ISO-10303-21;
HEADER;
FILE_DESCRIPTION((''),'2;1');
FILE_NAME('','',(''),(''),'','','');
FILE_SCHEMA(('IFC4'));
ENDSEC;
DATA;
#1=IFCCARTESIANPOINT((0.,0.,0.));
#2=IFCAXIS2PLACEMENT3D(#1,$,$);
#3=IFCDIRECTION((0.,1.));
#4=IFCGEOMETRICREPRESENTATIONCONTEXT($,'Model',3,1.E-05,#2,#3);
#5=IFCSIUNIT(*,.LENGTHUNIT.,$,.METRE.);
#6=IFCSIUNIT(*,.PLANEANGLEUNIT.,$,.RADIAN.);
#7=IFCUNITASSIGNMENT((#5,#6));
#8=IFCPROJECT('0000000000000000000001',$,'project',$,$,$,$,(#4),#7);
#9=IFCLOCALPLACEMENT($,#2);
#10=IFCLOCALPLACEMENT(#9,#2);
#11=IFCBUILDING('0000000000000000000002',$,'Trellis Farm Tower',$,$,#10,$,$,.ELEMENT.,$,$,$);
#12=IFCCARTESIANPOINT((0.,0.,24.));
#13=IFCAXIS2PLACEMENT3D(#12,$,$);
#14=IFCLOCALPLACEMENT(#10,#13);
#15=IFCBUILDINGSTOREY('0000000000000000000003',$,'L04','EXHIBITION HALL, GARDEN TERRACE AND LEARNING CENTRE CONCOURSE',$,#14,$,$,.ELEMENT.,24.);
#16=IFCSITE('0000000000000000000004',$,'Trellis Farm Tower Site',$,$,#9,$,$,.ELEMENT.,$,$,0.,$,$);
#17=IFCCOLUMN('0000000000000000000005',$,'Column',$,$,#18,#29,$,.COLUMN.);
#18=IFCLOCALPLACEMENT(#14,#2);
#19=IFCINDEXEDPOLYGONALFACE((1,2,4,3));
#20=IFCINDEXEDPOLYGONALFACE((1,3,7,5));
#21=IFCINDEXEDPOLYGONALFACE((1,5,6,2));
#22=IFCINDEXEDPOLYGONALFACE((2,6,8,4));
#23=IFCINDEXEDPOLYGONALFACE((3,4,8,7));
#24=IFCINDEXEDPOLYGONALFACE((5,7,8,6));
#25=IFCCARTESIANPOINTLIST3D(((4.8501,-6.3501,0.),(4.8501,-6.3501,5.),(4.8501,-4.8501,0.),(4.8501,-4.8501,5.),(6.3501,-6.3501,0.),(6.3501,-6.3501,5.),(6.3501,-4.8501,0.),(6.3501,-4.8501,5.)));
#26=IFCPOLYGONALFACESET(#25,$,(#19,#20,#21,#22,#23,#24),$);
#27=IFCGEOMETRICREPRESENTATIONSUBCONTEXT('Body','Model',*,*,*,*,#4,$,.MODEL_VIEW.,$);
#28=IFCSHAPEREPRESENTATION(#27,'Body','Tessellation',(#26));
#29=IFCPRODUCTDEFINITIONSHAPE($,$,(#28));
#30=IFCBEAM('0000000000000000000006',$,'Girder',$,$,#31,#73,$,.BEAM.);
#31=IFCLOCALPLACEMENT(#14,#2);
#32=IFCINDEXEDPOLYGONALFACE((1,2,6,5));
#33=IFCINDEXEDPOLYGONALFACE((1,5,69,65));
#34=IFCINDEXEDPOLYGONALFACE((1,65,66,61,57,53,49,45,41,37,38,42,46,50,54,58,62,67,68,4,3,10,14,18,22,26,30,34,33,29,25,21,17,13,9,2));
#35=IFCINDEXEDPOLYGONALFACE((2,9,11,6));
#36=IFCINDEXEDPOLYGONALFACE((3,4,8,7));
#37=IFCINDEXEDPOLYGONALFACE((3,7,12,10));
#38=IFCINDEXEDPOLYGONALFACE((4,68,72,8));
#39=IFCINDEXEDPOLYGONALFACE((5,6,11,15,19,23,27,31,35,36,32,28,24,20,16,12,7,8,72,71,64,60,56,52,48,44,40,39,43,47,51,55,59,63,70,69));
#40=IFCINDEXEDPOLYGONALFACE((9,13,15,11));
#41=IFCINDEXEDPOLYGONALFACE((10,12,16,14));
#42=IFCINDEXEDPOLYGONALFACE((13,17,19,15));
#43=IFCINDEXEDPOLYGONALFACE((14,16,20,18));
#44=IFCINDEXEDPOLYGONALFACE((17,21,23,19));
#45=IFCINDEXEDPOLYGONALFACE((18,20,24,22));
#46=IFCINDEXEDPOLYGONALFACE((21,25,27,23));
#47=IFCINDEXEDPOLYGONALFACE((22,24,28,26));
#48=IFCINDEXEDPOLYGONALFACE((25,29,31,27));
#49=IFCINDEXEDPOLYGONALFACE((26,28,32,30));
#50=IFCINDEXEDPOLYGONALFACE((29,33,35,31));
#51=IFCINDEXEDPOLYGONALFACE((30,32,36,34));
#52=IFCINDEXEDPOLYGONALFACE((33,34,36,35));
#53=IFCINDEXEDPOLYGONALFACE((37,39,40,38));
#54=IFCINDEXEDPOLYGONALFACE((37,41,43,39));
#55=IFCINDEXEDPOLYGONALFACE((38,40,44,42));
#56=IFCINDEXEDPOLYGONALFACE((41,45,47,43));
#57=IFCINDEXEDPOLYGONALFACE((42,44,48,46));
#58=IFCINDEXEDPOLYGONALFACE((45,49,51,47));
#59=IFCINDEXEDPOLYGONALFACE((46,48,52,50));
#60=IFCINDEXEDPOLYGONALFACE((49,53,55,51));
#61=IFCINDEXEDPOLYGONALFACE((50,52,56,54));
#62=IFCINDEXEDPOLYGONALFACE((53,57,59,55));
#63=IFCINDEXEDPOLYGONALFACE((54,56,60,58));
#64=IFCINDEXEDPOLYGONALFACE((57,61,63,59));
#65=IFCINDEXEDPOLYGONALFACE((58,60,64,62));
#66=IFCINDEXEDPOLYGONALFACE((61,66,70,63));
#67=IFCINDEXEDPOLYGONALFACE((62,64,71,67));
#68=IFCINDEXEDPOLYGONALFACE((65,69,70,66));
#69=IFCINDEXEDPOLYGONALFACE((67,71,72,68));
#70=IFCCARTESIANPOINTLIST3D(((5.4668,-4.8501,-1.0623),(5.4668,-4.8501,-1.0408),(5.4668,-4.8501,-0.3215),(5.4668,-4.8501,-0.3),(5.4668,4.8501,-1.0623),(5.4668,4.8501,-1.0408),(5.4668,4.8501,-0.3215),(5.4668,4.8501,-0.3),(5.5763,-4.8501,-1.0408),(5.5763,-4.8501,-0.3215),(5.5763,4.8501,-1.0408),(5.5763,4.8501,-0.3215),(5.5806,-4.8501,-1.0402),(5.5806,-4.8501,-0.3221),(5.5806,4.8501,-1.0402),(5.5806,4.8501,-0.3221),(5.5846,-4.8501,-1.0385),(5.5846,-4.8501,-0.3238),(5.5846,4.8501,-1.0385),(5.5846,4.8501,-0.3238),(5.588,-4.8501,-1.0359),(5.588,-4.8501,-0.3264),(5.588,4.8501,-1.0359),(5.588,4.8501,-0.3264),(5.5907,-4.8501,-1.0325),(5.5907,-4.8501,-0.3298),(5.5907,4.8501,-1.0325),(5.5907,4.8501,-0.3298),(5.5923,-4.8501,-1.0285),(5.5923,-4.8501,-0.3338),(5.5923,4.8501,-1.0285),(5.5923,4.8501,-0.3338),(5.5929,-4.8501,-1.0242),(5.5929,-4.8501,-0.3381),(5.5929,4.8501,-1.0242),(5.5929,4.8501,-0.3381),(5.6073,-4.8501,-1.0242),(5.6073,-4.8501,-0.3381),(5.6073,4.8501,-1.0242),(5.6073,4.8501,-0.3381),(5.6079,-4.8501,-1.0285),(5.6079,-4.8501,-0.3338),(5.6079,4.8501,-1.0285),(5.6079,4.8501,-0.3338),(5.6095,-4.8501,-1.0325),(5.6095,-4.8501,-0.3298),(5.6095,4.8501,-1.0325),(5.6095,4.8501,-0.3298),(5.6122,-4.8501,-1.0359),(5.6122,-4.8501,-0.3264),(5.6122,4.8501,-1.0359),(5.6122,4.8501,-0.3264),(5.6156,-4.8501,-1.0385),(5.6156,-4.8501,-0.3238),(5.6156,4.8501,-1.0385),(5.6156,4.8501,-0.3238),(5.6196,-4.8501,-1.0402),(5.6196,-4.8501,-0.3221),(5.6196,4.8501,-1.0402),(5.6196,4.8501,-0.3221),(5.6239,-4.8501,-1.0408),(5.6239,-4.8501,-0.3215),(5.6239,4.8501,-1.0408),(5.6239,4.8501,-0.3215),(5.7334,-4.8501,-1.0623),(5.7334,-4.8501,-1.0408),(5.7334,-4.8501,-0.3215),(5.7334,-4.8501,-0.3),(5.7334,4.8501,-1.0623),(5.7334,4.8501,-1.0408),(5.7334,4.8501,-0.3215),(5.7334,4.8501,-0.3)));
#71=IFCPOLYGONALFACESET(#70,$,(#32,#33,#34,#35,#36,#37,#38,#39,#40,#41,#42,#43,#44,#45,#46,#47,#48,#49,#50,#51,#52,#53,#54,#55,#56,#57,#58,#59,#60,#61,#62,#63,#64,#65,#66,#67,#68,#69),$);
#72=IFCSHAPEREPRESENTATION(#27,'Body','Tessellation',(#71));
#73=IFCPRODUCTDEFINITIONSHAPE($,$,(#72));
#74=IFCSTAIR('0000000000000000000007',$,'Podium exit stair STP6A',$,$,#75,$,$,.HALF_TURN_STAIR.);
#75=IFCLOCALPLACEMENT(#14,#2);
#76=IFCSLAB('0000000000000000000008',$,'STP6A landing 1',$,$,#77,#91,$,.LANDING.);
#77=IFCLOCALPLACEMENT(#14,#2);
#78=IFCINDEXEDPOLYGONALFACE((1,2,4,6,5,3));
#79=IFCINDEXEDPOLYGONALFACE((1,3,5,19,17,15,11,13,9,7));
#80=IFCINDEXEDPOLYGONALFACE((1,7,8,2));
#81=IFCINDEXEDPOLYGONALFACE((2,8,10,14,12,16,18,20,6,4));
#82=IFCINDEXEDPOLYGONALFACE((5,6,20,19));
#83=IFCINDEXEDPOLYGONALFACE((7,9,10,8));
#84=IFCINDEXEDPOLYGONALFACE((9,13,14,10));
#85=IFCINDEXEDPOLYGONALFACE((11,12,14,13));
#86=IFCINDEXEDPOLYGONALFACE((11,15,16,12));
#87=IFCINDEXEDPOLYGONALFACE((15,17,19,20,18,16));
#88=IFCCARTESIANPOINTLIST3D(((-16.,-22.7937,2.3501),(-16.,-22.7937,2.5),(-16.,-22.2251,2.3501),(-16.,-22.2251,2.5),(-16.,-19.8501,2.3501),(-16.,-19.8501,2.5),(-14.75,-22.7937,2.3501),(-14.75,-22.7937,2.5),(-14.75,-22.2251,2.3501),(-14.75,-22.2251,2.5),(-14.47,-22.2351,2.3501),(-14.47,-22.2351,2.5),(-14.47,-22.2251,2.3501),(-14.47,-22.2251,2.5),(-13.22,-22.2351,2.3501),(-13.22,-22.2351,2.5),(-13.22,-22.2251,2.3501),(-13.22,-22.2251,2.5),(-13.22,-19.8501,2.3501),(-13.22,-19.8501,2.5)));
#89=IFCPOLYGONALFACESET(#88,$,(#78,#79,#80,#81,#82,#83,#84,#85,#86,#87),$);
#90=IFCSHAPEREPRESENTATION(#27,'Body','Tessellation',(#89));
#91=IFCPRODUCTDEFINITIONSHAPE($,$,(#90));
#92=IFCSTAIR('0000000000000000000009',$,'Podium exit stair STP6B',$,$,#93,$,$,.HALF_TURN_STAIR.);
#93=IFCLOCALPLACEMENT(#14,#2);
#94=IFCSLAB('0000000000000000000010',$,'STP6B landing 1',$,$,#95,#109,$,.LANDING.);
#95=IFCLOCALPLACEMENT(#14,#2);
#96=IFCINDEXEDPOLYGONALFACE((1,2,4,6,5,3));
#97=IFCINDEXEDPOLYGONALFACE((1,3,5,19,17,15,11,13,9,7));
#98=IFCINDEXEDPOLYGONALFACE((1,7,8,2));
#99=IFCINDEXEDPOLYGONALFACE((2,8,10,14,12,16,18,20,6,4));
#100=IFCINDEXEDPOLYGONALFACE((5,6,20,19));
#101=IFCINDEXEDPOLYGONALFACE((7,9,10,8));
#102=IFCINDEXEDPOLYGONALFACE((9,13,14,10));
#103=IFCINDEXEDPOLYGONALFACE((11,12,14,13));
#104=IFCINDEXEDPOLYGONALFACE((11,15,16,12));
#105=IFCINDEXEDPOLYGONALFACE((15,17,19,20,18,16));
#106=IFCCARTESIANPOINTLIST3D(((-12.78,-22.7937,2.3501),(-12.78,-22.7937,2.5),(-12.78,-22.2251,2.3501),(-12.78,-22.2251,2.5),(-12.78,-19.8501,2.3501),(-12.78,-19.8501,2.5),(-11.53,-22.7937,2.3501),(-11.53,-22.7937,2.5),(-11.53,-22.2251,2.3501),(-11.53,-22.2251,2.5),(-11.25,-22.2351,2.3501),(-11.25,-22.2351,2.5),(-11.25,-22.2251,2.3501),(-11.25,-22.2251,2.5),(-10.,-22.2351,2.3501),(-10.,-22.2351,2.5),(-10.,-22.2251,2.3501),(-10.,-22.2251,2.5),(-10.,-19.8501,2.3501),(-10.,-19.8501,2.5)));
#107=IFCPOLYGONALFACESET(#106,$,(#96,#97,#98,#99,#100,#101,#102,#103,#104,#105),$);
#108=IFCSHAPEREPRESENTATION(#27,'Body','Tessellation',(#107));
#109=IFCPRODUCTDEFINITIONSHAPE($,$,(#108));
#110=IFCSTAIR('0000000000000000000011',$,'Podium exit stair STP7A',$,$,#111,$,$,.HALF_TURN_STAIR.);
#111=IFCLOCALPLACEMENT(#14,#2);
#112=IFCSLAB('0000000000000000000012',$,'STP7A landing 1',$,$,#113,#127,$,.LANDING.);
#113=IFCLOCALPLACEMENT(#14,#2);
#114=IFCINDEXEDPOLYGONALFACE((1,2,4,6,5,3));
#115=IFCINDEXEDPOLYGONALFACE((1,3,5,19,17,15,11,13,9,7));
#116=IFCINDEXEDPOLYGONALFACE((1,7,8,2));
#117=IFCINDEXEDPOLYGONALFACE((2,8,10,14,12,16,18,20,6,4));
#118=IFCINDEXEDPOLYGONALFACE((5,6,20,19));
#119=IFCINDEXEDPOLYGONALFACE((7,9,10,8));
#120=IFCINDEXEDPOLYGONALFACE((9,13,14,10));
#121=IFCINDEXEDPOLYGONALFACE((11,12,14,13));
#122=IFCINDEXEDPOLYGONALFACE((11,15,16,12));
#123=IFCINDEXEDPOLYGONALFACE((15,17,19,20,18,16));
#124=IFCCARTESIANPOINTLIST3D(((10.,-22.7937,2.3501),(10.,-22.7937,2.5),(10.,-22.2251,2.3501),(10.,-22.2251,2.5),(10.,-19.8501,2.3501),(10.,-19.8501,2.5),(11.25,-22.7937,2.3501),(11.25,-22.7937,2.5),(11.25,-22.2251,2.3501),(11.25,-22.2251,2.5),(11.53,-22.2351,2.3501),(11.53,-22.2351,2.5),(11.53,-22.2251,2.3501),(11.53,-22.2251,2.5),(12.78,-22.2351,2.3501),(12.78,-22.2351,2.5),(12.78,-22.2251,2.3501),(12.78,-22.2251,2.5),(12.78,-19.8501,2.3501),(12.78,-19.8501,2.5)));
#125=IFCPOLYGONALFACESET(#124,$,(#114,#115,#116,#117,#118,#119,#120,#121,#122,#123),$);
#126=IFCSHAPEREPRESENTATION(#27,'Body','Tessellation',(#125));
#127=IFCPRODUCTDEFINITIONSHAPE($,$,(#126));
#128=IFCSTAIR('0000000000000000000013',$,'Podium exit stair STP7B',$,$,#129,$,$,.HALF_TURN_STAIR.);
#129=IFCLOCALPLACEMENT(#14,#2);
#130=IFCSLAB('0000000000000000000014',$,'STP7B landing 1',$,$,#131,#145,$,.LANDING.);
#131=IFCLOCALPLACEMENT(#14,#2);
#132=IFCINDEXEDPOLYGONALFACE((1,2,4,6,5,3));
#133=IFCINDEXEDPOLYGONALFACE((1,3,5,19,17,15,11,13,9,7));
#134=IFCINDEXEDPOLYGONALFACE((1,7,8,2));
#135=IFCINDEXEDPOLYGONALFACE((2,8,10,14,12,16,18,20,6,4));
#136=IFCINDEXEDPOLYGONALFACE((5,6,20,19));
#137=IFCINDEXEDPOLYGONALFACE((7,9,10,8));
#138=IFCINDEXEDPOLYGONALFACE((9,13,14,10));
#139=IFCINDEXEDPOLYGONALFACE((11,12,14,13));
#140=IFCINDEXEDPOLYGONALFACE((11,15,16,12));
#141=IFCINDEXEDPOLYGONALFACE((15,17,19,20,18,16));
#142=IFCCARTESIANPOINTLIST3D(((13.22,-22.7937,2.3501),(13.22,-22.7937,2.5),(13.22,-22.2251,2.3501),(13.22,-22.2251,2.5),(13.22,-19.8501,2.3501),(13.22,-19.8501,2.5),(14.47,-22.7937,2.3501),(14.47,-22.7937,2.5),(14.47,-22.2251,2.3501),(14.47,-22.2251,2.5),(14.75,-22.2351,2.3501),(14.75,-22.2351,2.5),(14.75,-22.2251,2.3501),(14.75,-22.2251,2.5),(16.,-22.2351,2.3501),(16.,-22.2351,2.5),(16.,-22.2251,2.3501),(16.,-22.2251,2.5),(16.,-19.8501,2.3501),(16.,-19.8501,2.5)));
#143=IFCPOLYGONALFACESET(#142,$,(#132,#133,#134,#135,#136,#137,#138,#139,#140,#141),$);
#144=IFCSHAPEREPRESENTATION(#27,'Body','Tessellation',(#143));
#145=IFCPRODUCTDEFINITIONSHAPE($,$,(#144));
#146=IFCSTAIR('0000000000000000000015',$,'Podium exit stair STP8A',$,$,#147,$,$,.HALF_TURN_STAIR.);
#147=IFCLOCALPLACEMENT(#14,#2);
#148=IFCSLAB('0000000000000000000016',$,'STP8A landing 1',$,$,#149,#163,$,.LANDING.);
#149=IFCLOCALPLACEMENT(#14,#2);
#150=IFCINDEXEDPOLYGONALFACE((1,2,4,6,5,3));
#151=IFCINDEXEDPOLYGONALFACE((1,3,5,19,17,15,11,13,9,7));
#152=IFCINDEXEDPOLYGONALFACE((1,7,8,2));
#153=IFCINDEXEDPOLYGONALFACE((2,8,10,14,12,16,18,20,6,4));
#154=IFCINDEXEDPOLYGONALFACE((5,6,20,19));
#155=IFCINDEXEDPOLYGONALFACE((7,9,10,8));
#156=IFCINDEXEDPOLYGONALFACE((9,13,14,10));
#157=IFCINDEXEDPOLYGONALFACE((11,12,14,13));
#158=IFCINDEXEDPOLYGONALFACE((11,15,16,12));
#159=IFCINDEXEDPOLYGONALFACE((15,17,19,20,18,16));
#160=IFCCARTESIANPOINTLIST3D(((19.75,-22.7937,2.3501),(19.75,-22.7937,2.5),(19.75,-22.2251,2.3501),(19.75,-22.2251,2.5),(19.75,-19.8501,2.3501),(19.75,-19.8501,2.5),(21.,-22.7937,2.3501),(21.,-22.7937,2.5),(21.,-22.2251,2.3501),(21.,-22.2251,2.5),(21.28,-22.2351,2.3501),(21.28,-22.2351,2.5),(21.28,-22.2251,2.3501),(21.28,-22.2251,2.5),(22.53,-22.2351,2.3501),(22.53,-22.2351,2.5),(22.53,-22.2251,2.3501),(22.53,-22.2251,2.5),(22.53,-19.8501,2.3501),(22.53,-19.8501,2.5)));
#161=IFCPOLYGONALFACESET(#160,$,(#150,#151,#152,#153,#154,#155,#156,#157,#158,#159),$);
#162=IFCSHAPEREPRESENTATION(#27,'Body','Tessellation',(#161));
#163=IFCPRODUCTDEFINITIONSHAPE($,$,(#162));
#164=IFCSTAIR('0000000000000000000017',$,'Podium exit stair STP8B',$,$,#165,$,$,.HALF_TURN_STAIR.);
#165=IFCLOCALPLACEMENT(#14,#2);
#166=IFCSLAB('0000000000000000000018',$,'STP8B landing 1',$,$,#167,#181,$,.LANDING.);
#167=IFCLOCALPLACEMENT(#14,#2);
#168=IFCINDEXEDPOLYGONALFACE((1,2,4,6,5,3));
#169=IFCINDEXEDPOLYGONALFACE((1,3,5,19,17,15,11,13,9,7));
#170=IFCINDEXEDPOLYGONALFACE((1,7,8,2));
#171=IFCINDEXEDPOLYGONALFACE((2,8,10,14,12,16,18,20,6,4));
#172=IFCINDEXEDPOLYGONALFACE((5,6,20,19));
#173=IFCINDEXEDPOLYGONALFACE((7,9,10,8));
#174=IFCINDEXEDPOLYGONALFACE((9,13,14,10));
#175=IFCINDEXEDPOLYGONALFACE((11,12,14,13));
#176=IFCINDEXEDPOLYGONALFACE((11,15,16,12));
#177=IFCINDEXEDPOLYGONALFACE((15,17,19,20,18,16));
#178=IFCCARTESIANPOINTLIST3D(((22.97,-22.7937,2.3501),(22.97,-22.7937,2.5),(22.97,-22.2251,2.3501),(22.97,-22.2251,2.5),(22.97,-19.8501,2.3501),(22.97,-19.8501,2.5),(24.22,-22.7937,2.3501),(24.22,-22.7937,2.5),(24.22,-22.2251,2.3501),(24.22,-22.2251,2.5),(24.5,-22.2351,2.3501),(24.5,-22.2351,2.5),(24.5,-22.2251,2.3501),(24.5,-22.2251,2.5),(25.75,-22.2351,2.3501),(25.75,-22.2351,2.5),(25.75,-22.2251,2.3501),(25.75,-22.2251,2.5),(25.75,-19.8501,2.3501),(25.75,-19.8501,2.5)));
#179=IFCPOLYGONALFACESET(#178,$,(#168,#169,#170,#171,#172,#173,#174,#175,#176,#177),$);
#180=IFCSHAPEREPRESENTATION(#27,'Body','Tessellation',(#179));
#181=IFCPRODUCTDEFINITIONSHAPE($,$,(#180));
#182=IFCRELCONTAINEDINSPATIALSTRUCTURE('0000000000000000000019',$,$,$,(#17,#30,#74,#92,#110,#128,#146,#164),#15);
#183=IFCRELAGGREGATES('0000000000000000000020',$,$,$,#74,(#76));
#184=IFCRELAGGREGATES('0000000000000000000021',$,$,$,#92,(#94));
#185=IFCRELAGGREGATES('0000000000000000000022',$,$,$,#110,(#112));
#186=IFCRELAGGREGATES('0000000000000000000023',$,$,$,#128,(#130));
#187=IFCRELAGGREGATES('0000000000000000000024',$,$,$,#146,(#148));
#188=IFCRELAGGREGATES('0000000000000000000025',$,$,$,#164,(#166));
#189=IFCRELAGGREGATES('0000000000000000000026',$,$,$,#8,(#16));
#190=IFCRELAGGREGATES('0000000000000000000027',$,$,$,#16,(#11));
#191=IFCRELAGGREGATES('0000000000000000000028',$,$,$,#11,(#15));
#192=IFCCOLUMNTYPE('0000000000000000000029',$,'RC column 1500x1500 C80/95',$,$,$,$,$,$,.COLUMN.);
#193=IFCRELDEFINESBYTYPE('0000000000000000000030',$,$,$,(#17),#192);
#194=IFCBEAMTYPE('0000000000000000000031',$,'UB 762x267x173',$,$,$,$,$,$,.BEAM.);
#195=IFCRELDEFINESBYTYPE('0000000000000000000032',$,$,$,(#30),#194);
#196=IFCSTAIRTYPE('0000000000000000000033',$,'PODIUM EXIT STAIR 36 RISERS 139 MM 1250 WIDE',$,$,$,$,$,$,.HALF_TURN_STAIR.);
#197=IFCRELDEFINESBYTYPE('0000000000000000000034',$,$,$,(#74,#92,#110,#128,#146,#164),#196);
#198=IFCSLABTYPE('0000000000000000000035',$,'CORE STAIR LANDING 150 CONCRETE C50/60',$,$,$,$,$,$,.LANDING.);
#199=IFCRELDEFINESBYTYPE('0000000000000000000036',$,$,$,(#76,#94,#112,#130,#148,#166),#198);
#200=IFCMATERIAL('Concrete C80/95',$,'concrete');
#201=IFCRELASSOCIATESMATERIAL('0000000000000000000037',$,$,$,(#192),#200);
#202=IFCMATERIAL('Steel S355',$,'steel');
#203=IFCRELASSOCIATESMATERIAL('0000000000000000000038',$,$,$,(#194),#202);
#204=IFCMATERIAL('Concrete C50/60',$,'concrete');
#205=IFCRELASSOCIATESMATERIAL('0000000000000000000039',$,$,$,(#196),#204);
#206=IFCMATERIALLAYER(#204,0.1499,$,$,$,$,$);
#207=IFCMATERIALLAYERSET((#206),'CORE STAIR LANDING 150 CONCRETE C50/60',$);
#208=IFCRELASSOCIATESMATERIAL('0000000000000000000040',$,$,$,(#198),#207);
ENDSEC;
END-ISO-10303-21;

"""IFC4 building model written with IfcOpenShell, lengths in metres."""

from ifc_helpers import new_model, si_unit, direction, frame, origin, origin_2d, place, context, subcontext, project, spatial, polyline, rectangle, i_section, outline, extrude, source, transform, mapped, material, layer, layer_set, material_profile, profile_set, type_object, element, aggregate, save


model = new_model("IFC4")

# Units and contexts
model_context = context("Model", 3, precision=1e-05, world=origin(), true_north=direction((0.0, 1.0)))
body_context = subcontext(model_context, "Body", "Model", "MODEL_VIEW")
ifc_project = project(units=[si_unit("LENGTHUNIT", "METRE"), si_unit("PLANEANGLEUNIT", "RADIAN")], contexts=[model_context])

# Site, building, storey
site_placement = place(None, origin())
site = spatial("IfcSite", under=ifc_project, at=site_placement, Name="Trellis Farm Tower Site", CompositionType="ELEMENT", RefElevation=0.0)
building_placement = place(site_placement, origin())
building = spatial("IfcBuilding", under=site, at=building_placement, Name="Trellis Farm Tower", CompositionType="ELEMENT")
storey_placement = place(building_placement, frame((0.0, 0.0, 24.0)))
storey = spatial("IfcBuildingStorey", under=building, at=storey_placement, Name="L04", Description="EXHIBITION HALL, GARDEN TERRACE AND LEARNING CENTRE CONCOURSE", CompositionType="ELEMENT", Elevation=24.0)

# Column
ifc_material_1 = material(Name="Concrete C80/95", Category="concrete")
ifc_material_profile_1 = material_profile(ifc_material_1, rectangle(XDim=1.5, YDim=1.5, at=origin_2d()), Name="RC column 1500x1500 C80/95")
ifc_profile_set_1 = profile_set([ifc_material_profile_1], Name="Concrete C80/95")
column_type = type_object("IfcColumnType", Name="RC column 1500x1500 C80/95", PredefinedType="COLUMN", material=ifc_profile_set_1)
shared_shape_1 = source(origin(), body_context, "Body", "SweptSolid", [
    extrude(rectangle(XDim=1.5, YDim=1.5, at=origin_2d()), origin(), (0.0, 0.0, 1.0), 5.0),
])
column_placement = place(storey_placement, frame((5.6001, -5.6001, 0.0), z_axis=(0.0, 0.0, 1.0), x_axis=(1.0, 0.0, 0.0)))
element("IfcColumn", 1, at=column_placement, inside=storey, type_object=column_type, Name="Column", PredefinedType="COLUMN", context=body_context, shape_type="MappedRepresentation", body=[
    mapped(shared_shape_1, transform((0.0, 0.0, 0.0))),
])

# Beam
ifc_material_2 = material(Name="Steel S355", Category="steel")
ifc_material_profile_2 = material_profile(ifc_material_2, i_section(OverallWidth=0.2666, OverallDepth=0.7622, WebThickness=0.0144, FlangeThickness=0.0215, FilletRadius=0.0166, at=origin_2d()), Name="UB 762x267x173")
ifc_profile_set_2 = profile_set([ifc_material_profile_2], Name="Steel S355")
beam_type = type_object("IfcBeamType", Name="UB 762x267x173", PredefinedType="BEAM", material=ifc_profile_set_2)
shared_shape_2 = source(origin(), body_context, "Body", "SweptSolid", [
    extrude(i_section(OverallWidth=0.2666, OverallDepth=0.7622, WebThickness=0.0144, FlangeThickness=0.0215, FilletRadius=0.0166, at=origin_2d()), origin(), (0.0, 0.0, 1.0), 9.7002),
])
beam_placement = place(storey_placement, frame((5.6001, -4.8501, -0.6812), z_axis=(0.0, 1.0, 0.0), x_axis=(-1.0, 0.0, 0.0)))
element("IfcBeam", 2, at=beam_placement, inside=storey, type_object=beam_type, Name="Girder", PredefinedType="BEAM", context=body_context, shape_type="MappedRepresentation", body=[
    mapped(shared_shape_2, transform((0.0, 0.0, 0.0))),
])

# Stairs, slabs
ifc_material_3 = material(Name="Concrete C50/60", Category="concrete")
stair_type_1 = type_object("IfcStairType", Name="PODIUM EXIT STAIR 36 RISERS 139 MM 1250 WIDE", PredefinedType="HALF_TURN_STAIR", material=ifc_material_3)
placement_1 = place(storey_placement, origin())
stair_1 = element("IfcStair", 3, at=placement_1, inside=storey, type_object=stair_type_1, Name="Podium exit stair STP6A", PredefinedType="HALF_TURN_STAIR")
ifc_layer_1 = layer(ifc_material_3, 0.1499)
ifc_layer_set_1 = layer_set([ifc_layer_1], Name="CORE STAIR LANDING 150 CONCRETE C50/60")
slab_type = type_object("IfcSlabType", Name="CORE STAIR LANDING 150 CONCRETE C50/60", PredefinedType="LANDING", material=ifc_layer_set_1)
shared_shape_3 = source(origin(), body_context, "Body", "SweptSolid", [
    extrude(outline(polyline([(-14.75, -22.7937), (-16.0, -22.7937), (-16.0, -22.2251), (-16.0, -19.8501), (-13.22, -19.8501), (-13.22, -22.2251), (-13.22, -22.2351), (-14.47, -22.2351), (-14.47, -22.2251), (-14.75, -22.2251), (-14.75, -22.7937)])), origin(), (0.0, 0.0, 1.0), 0.1499),
])
placement_2 = place(storey_placement, frame((0.0, 0.0, 2.3501)))
slab_1 = element("IfcSlab", 4, at=placement_2, type_object=slab_type, Name="STP6A landing 1", PredefinedType="LANDING", context=body_context, shape_type="MappedRepresentation", body=[
    mapped(shared_shape_3, transform((0.0, 0.0, 0.0))),
])
aggregate(stair_1, [slab_1])
stair_2 = element("IfcStair", 5, at=placement_1, inside=storey, type_object=stair_type_1, Name="Podium exit stair STP6B", PredefinedType="HALF_TURN_STAIR")
shared_shape_4 = source(origin(), body_context, "Body", "SweptSolid", [
    extrude(outline(polyline([(-11.53, -22.7937), (-12.78, -22.7937), (-12.78, -22.2251), (-12.78, -19.8501), (-10.0, -19.8501), (-10.0, -22.2251), (-10.0, -22.2351), (-11.25, -22.2351), (-11.25, -22.2251), (-11.53, -22.2251), (-11.53, -22.7937)])), origin(), (0.0, 0.0, 1.0), 0.1499),
])
slab_2 = element("IfcSlab", 6, at=placement_2, type_object=slab_type, Name="STP6B landing 1", PredefinedType="LANDING", context=body_context, shape_type="MappedRepresentation", body=[
    mapped(shared_shape_4, transform((0.0, 0.0, 0.0))),
])
aggregate(stair_2, [slab_2])
stair_3 = element("IfcStair", 7, at=placement_1, inside=storey, type_object=stair_type_1, Name="Podium exit stair STP7A", PredefinedType="HALF_TURN_STAIR")
shared_shape_5 = source(origin(), body_context, "Body", "SweptSolid", [
    extrude(outline(polyline([(11.25, -22.7937), (10.0, -22.7937), (10.0, -22.2251), (10.0, -19.8501), (12.78, -19.8501), (12.78, -22.2251), (12.78, -22.2351), (11.53, -22.2351), (11.53, -22.2251), (11.25, -22.2251), (11.25, -22.7937)])), origin(), (0.0, 0.0, 1.0), 0.1499),
])
slab_3 = element("IfcSlab", 8, at=placement_2, type_object=slab_type, Name="STP7A landing 1", PredefinedType="LANDING", context=body_context, shape_type="MappedRepresentation", body=[
    mapped(shared_shape_5, transform((0.0, 0.0, 0.0))),
])
aggregate(stair_3, [slab_3])
stair_4 = element("IfcStair", 9, at=placement_1, inside=storey, type_object=stair_type_1, Name="Podium exit stair STP7B", PredefinedType="HALF_TURN_STAIR")
shared_shape_6 = source(origin(), body_context, "Body", "SweptSolid", [
    extrude(outline(polyline([(14.47, -22.7937), (13.22, -22.7937), (13.22, -22.2251), (13.22, -19.8501), (16.0, -19.8501), (16.0, -22.2251), (16.0, -22.2351), (14.75, -22.2351), (14.75, -22.2251), (14.47, -22.2251), (14.47, -22.7937)])), origin(), (0.0, 0.0, 1.0), 0.1499),
])
slab_4 = element("IfcSlab", 10, at=placement_2, type_object=slab_type, Name="STP7B landing 1", PredefinedType="LANDING", context=body_context, shape_type="MappedRepresentation", body=[
    mapped(shared_shape_6, transform((0.0, 0.0, 0.0))),
])
aggregate(stair_4, [slab_4])
stair_5 = element("IfcStair", 11, at=placement_1, inside=storey, type_object=stair_type_1, Name="Podium exit stair STP8A", PredefinedType="HALF_TURN_STAIR")
shared_shape_7 = source(origin(), body_context, "Body", "SweptSolid", [
    extrude(outline(polyline([(21.0, -22.7937), (19.75, -22.7937), (19.75, -22.2251), (19.75, -19.8501), (22.53, -19.8501), (22.53, -22.2251), (22.53, -22.2351), (21.28, -22.2351), (21.28, -22.2251), (21.0, -22.2251), (21.0, -22.7937)])), origin(), (0.0, 0.0, 1.0), 0.1499),
])
slab_5 = element("IfcSlab", 12, at=placement_2, type_object=slab_type, Name="STP8A landing 1", PredefinedType="LANDING", context=body_context, shape_type="MappedRepresentation", body=[
    mapped(shared_shape_7, transform((0.0, 0.0, 0.0))),
])
aggregate(stair_5, [slab_5])
stair_6 = element("IfcStair", 13, at=placement_1, inside=storey, type_object=stair_type_1, Name="Podium exit stair STP8B", PredefinedType="HALF_TURN_STAIR")
shared_shape_8 = source(origin(), body_context, "Body", "SweptSolid", [
    extrude(outline(polyline([(24.22, -22.7937), (22.97, -22.7937), (22.97, -22.2251), (22.97, -19.8501), (25.75, -19.8501), (25.75, -22.2251), (25.75, -22.2351), (24.5, -22.2351), (24.5, -22.2251), (24.22, -22.2251), (24.22, -22.7937)])), origin(), (0.0, 0.0, 1.0), 0.1499),
])
slab_6 = element("IfcSlab", 14, at=placement_2, type_object=slab_type, Name="STP8B landing 1", PredefinedType="LANDING", context=body_context, shape_type="MappedRepresentation", body=[
    mapped(shared_shape_8, transform((0.0, 0.0, 0.0))),
])
aggregate(stair_6, [slab_6])

save(model, "model.ifc")
